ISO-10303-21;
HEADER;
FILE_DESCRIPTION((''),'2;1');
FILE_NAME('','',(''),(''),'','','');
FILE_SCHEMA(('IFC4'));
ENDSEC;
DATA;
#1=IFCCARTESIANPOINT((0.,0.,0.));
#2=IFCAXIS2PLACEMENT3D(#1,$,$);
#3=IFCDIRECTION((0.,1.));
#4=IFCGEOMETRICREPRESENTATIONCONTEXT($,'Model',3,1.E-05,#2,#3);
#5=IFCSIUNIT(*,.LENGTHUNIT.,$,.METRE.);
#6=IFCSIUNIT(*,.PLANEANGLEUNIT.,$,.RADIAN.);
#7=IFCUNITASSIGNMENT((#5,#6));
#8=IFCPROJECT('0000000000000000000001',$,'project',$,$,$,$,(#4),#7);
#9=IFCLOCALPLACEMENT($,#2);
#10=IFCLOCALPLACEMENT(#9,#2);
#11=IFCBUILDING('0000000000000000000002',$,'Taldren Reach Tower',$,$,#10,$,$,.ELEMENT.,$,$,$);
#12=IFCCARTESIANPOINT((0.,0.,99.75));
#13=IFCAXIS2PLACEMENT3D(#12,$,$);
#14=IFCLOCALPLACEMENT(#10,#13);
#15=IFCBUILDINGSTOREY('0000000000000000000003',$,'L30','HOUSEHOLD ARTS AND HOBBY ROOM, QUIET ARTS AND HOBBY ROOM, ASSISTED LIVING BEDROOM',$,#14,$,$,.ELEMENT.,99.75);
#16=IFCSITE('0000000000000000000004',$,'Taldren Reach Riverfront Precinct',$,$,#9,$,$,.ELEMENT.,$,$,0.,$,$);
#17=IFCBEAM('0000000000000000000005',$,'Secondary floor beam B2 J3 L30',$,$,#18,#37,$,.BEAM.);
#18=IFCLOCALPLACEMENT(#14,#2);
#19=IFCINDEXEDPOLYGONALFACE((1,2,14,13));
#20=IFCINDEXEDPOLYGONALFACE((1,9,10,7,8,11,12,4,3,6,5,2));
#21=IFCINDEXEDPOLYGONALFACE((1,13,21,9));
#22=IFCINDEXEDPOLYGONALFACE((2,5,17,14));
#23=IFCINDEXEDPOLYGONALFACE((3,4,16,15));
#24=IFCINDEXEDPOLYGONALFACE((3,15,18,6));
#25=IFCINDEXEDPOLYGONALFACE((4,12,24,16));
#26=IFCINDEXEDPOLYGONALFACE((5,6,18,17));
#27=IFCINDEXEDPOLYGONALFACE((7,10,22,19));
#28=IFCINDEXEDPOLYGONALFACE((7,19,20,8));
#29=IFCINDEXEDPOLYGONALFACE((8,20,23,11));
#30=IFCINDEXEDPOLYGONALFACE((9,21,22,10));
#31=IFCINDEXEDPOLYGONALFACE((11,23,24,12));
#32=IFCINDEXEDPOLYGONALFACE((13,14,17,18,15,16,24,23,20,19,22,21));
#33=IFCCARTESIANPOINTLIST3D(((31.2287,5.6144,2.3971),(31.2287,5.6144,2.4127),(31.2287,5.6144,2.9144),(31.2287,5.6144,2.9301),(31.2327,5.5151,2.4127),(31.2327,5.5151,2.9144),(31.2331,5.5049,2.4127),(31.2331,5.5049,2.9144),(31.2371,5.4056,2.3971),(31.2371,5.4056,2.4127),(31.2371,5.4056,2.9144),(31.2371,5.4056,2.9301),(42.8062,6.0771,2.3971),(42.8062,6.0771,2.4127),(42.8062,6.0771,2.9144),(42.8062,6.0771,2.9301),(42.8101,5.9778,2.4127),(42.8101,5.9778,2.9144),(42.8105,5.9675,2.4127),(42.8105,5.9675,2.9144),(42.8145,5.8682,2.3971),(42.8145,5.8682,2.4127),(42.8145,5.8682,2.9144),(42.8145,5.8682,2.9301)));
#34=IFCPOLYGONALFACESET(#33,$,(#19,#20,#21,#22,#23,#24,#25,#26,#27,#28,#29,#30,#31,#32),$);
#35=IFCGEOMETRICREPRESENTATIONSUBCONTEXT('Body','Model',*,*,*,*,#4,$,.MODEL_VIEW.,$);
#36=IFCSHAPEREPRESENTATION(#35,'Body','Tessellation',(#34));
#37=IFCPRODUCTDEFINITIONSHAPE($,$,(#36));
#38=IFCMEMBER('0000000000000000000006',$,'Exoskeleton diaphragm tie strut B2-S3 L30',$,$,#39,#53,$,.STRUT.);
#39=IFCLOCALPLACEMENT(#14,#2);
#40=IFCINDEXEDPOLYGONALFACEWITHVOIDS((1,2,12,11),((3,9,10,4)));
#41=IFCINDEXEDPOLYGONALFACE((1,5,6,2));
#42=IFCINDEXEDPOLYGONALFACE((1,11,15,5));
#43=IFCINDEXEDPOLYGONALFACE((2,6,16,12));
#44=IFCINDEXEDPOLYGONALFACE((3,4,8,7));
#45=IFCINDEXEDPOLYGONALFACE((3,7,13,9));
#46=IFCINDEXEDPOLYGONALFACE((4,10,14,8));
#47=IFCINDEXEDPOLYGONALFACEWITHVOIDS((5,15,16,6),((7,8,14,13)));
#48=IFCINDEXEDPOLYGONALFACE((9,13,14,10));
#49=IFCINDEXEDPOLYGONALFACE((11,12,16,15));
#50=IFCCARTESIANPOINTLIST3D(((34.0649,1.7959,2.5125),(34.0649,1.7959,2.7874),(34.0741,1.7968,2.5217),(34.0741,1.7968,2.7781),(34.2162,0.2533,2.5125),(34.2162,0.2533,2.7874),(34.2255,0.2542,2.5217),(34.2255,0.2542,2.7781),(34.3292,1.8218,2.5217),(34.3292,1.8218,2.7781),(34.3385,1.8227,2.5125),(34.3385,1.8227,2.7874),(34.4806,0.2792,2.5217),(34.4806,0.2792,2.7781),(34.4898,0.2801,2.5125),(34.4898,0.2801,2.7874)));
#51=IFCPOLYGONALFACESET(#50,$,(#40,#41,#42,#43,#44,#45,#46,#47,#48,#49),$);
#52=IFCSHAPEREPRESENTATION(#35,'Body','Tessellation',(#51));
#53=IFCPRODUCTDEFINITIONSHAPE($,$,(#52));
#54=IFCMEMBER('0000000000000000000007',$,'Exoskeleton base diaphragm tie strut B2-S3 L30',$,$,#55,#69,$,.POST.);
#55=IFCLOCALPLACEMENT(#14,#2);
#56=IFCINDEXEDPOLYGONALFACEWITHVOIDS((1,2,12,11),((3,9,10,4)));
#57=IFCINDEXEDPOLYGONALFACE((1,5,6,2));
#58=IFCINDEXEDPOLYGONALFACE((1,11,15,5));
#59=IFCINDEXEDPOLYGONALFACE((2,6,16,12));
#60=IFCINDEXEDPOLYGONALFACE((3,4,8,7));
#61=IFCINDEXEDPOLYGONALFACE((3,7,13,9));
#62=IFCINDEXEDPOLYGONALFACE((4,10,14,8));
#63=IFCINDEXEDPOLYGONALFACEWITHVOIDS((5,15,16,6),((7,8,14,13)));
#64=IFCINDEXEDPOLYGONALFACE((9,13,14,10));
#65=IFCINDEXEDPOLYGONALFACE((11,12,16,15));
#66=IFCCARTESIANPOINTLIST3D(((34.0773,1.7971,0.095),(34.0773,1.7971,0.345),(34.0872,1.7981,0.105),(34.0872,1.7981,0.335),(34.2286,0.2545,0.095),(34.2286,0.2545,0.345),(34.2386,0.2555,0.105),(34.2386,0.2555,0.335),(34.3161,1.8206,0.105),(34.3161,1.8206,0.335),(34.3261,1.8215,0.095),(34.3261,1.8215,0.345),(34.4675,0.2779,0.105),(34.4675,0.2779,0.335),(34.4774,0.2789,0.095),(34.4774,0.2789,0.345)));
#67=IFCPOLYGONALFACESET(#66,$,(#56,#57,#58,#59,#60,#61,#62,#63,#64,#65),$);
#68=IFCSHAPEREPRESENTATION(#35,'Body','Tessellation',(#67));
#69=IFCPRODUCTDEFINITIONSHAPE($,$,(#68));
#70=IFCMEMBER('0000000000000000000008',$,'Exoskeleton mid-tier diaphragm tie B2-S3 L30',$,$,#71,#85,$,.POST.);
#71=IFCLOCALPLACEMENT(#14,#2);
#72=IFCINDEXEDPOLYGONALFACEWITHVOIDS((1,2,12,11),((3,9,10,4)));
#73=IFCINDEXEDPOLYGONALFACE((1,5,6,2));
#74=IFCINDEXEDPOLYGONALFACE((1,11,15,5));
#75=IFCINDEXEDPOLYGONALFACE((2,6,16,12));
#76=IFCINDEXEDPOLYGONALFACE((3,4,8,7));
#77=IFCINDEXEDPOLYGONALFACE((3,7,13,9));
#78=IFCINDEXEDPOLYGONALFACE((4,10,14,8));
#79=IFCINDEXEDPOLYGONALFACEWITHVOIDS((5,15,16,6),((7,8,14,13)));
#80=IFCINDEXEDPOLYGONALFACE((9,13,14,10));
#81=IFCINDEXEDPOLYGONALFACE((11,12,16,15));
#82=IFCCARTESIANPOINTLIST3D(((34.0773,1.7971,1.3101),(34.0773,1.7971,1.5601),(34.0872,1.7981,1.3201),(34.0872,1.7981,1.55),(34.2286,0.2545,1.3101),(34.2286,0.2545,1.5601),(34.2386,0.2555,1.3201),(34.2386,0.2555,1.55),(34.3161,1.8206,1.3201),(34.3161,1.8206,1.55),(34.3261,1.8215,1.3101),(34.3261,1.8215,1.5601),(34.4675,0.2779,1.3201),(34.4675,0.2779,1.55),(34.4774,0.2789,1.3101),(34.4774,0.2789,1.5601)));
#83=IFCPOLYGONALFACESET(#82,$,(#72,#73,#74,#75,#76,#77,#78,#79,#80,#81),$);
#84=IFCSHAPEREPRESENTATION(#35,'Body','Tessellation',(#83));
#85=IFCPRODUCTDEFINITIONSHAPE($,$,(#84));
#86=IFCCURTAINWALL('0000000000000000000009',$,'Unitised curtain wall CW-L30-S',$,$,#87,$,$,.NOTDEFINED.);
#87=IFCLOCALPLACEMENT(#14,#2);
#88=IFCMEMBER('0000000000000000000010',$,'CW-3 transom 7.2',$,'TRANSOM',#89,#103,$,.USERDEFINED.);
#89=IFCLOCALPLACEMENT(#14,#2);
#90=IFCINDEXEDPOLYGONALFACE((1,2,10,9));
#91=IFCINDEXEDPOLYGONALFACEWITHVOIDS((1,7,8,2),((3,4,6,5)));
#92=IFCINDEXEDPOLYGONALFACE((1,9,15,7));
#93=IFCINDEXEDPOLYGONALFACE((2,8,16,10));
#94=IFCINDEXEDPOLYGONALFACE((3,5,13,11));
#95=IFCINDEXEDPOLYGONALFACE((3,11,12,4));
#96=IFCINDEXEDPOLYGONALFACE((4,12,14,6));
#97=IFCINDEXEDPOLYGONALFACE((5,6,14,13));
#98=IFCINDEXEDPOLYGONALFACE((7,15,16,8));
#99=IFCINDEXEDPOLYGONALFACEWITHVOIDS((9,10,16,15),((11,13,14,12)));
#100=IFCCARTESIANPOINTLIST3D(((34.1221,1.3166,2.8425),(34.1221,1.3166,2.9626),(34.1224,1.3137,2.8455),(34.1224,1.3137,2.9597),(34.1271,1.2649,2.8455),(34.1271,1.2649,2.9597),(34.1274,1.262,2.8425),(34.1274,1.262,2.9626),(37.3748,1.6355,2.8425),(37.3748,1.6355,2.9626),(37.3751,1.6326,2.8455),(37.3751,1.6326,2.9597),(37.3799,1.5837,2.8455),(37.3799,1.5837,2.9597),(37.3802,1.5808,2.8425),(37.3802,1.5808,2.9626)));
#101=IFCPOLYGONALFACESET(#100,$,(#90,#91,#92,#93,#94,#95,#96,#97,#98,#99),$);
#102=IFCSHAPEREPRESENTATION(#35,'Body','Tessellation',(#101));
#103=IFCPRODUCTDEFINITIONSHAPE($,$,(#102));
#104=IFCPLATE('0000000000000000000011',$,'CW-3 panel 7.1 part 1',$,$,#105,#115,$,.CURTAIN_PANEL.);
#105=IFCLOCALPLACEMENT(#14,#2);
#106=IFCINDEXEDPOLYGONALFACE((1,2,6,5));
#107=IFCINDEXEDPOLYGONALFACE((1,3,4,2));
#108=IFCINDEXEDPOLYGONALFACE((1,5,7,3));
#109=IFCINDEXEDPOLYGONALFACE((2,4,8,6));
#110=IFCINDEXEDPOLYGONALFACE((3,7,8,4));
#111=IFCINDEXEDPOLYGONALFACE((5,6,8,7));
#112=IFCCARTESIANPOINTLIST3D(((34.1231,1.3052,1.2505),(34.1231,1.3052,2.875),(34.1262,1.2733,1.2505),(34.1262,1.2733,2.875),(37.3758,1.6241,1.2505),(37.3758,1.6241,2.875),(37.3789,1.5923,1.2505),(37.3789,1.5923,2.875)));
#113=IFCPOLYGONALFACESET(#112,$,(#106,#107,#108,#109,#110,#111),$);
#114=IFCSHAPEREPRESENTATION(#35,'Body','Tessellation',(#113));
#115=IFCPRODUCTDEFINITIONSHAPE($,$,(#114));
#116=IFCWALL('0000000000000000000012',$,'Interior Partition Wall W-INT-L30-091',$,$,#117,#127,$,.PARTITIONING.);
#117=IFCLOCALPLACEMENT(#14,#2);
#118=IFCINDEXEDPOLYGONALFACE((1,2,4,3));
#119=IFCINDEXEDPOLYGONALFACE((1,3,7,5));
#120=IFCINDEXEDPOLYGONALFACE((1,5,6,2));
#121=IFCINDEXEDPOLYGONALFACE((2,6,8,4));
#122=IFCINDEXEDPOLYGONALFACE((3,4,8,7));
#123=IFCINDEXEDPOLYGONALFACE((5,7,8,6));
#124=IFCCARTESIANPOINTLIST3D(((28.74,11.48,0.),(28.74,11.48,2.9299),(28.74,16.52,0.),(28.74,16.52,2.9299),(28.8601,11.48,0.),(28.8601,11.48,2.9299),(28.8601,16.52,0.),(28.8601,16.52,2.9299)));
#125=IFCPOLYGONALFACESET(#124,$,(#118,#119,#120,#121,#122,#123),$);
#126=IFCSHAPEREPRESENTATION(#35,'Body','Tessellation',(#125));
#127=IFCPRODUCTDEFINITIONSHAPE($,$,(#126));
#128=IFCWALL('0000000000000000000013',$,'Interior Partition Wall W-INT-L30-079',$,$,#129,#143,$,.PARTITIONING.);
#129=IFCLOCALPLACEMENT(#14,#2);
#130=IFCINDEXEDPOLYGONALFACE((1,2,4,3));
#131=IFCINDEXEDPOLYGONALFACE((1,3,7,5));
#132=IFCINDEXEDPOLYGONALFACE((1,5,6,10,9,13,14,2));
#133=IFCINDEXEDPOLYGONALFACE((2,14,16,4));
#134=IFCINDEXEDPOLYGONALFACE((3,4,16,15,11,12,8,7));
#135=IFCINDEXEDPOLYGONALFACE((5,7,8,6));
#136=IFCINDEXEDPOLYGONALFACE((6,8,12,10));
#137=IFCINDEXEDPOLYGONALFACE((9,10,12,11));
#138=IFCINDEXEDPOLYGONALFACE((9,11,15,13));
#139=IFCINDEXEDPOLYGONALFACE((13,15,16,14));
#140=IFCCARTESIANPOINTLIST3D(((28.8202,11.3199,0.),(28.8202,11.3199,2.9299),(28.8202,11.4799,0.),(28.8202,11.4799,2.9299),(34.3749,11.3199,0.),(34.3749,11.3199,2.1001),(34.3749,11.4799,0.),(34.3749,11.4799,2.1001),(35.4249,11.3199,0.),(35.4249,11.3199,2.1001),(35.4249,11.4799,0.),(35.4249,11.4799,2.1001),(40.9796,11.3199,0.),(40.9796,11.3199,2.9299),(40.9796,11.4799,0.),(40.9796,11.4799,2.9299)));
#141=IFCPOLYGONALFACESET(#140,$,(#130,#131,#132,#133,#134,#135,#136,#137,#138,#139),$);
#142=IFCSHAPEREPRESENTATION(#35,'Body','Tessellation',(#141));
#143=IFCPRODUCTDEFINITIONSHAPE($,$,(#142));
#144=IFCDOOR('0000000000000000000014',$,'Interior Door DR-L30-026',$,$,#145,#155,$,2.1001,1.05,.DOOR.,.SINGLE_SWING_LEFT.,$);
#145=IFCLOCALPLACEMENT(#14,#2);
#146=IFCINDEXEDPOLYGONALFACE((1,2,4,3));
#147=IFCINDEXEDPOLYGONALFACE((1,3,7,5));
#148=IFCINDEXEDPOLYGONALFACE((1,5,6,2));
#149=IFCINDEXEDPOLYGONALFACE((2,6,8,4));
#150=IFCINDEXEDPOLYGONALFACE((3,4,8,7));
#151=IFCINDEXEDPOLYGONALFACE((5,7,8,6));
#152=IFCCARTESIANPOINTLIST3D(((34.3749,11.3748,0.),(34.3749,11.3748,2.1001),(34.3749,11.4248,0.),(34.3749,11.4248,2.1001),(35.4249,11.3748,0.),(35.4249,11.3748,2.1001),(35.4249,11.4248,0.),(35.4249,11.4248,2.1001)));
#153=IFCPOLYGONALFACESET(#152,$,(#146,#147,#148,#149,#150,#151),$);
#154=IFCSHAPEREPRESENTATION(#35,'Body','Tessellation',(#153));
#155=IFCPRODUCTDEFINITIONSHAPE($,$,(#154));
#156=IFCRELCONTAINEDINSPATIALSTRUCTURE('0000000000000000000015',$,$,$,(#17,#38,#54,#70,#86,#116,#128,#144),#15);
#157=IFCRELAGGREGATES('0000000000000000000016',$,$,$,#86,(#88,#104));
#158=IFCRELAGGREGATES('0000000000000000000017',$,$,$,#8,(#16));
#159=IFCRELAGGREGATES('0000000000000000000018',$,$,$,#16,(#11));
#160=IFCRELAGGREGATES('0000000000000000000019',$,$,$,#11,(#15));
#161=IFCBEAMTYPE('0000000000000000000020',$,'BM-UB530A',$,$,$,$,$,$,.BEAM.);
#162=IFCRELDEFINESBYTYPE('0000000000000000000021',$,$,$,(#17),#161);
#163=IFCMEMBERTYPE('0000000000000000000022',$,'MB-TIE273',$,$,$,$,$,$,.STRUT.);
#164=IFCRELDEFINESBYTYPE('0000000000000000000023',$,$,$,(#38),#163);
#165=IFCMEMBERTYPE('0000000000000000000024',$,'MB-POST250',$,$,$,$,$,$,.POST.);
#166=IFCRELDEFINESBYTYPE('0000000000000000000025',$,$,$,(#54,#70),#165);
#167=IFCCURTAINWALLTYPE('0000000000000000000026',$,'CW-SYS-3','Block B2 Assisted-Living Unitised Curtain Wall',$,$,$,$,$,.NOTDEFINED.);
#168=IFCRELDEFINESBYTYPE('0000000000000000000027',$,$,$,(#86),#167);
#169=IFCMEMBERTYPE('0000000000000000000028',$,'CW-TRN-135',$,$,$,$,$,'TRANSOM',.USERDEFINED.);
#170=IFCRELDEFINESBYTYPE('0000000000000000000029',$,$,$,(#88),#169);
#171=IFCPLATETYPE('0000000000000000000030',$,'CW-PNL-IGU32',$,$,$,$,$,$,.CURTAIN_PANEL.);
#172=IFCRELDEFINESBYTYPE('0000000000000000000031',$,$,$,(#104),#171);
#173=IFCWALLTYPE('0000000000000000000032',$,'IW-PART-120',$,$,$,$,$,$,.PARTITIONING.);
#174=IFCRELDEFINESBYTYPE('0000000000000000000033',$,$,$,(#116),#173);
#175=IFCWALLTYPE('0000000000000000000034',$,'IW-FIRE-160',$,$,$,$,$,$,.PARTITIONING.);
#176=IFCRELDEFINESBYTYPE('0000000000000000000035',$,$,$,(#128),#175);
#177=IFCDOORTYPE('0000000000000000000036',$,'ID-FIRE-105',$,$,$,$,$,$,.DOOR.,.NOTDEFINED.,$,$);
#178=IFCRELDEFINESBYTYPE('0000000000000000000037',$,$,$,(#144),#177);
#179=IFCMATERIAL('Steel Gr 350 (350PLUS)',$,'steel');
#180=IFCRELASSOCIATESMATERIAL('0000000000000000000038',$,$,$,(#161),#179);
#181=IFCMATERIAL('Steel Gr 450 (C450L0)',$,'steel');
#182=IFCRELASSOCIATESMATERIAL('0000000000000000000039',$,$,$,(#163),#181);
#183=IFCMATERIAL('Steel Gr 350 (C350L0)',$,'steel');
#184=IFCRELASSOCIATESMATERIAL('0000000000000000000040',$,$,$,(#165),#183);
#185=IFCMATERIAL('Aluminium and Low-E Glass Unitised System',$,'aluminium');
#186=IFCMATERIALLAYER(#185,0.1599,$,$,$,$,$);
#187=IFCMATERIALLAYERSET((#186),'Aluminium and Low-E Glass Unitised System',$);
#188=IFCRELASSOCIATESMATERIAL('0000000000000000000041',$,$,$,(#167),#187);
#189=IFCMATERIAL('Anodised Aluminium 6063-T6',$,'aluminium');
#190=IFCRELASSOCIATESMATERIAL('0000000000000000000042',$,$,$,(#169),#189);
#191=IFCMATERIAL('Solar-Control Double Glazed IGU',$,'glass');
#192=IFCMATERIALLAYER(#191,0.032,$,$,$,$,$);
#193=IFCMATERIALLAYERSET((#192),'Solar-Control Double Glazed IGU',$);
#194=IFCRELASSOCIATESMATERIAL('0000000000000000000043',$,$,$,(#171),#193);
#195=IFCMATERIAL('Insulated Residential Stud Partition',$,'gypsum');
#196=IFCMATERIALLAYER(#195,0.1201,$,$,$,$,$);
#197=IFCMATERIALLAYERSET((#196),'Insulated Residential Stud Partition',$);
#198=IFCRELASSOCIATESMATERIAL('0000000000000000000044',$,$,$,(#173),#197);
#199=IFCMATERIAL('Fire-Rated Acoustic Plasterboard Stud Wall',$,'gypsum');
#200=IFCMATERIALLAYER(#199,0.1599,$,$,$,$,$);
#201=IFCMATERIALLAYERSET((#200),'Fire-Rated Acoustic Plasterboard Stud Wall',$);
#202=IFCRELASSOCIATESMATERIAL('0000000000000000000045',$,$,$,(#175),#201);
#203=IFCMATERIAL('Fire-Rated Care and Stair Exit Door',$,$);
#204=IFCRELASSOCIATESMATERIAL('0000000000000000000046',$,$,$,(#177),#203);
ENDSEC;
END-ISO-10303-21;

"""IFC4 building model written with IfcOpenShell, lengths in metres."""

from ifc_helpers import new_model, si_unit, direction, frame, frame_2d, origin, origin_2d, place, context, subcontext, project, spatial, rectangle, hollow_rectangle, i_section, extrude, source, transform, mapped, material, layer, layer_set, material_profile, profile_set, type_object, element, fill, aggregate, save


model = new_model("IFC4")

# Units and contexts
model_context = context("Model", 3, precision=1e-05, world=origin(), true_north=direction((0.0, 1.0)))
body_context = subcontext(model_context, "Body", "Model", "MODEL_VIEW")
ifc_project = project(units=[si_unit("LENGTHUNIT", "METRE"), si_unit("PLANEANGLEUNIT", "RADIAN")], contexts=[model_context])

# Site, building, storey
site_placement = place(None, origin())
site = spatial("IfcSite", under=ifc_project, at=site_placement, Name="Taldren Reach Riverfront Precinct", CompositionType="ELEMENT", RefElevation=0.0)
building_placement = place(site_placement, origin())
building = spatial("IfcBuilding", under=site, at=building_placement, Name="Taldren Reach Tower", CompositionType="ELEMENT")
storey_placement = place(building_placement, frame((0.0, 0.0, 99.75)))
storey = spatial("IfcBuildingStorey", under=building, at=storey_placement, Name="L30", Description="HOUSEHOLD ARTS AND HOBBY ROOM, QUIET ARTS AND HOBBY ROOM, ASSISTED LIVING BEDROOM", CompositionType="ELEMENT", Elevation=99.75)

# Shared definitions
ifc_material_1 = material(Name="Steel Gr 350 (350PLUS)", Category="steel")

# Beam
ifc_material_profile_1 = material_profile(ifc_material_1, i_section(OverallWidth=0.209, OverallDepth=0.533, WebThickness=0.0103, FlangeThickness=0.0156, at=origin_2d()), Name="530UB92.4")
ifc_profile_set_1 = profile_set([ifc_material_profile_1], Name="Steel Gr 350 (350PLUS)")
beam_type_1 = type_object("IfcBeamType", Name="BM-UB530A", PredefinedType="BEAM", material=ifc_profile_set_1)
shared_shape_1 = source(origin(), body_context, "Body", "SweptSolid", [
    extrude(i_section(OverallWidth=0.209, OverallDepth=0.533, WebThickness=0.0103, FlangeThickness=0.0156, at=origin_2d()), origin(), (0.0, 0.0, 1.0), 11.5867),
])
beam_1_placement = place(storey_placement, frame((31.2329, 5.51, 2.6636), z_axis=(0.999203, 0.039929, 0.0), x_axis=(-0.039929, 0.999203, 0.0)))
element("IfcBeam", 1, at=beam_1_placement, inside=storey, type_object=beam_type_1, Name="Secondary floor beam B2 J3 L30", PredefinedType="BEAM", context=body_context, shape_type="MappedRepresentation", body=[
    mapped(shared_shape_1, transform((0.0, 0.0, 0.0), scale=1.0)),
])

# Members
ifc_material_2 = material(Name="Steel Gr 450 (C450L0)", Category="steel")
ifc_material_profile_2 = material_profile(ifc_material_2, hollow_rectangle(XDim=0.2749, YDim=0.2749, WallThickness=0.0093, at=origin_2d()), Name="275x275x9.3SHS")
ifc_profile_set_2 = profile_set([ifc_material_profile_2], Name="Steel Gr 450 (C450L0)")
member_type_1 = type_object("IfcMemberType", Name="MB-TIE273", PredefinedType="STRUT", material=ifc_profile_set_2)
shared_shape_2 = source(origin(), body_context, "Body", "SweptSolid", [
    extrude(hollow_rectangle(XDim=0.2749, YDim=0.2749, WallThickness=0.0093, at=origin_2d()), origin(), (0.0, 0.0, 1.0), 1.55),
])
member_1_placement = place(storey_placement, frame((34.2017, 1.8093, 2.6499), z_axis=(0.097648, -0.995221, 0.0), x_axis=(0.995221, 0.097648, 0.0)))
element("IfcMember", 2, at=member_1_placement, inside=storey, type_object=member_type_1, Name="Exoskeleton diaphragm tie strut B2-S3 L30", PredefinedType="STRUT", context=body_context, shape_type="MappedRepresentation", body=[
    mapped(shared_shape_2, transform((0.0, 0.0, 0.0), scale=1.0)),
])
ifc_material_3 = material(Name="Steel Gr 350 (C350L0)", Category="steel")
ifc_material_profile_3 = material_profile(ifc_material_3, hollow_rectangle(XDim=0.25, YDim=0.25, WallThickness=0.01, at=origin_2d()), Name="250x250x10.0SHS")
ifc_profile_set_3 = profile_set([ifc_material_profile_3], Name="Steel Gr 350 (C350L0)")
member_type_2 = type_object("IfcMemberType", Name="MB-POST250", PredefinedType="POST", material=ifc_profile_set_3)
shared_shape_3 = source(origin(), body_context, "Body", "SweptSolid", [
    extrude(hollow_rectangle(XDim=0.25, YDim=0.25, WallThickness=0.01, at=origin_2d()), origin(), (0.0, 0.0, 1.0), 1.55),
])
for number, where, z_axis, x_axis, name in (
    (3, (34.2017, 1.8093, 0.22), (0.097648, -0.995221, 0.0), (0.995221, 0.097648, 0.0), "Exoskeleton base diaphragm tie strut B2-S3 L30"),
    (4, (34.2017, 1.8093, 1.4351), (0.097648, -0.995221, 0.0), (0.995221, 0.097648, 0.0), "Exoskeleton mid-tier diaphragm tie B2-S3 L30"),
):
    element("IfcMember", number, at=place(storey_placement, frame(where, z_axis=z_axis, x_axis=x_axis)), inside=storey, type_object=member_type_2, Name=name, PredefinedType="POST", context=body_context, shape_type="MappedRepresentation", body=[
        mapped(shared_shape_3, transform((0.0, 0.0, 0.0), scale=1.0)),
    ])

# Curtain wall, member, plate
ifc_material_4 = material(Name="Aluminium and Low-E Glass Unitised System", Category="aluminium")
ifc_layer_1 = layer(ifc_material_4, 0.1599)
ifc_layer_set_1 = layer_set([ifc_layer_1], Name="Aluminium and Low-E Glass Unitised System")
curtain_wall_type = type_object("IfcCurtainWallType", Name="CW-SYS-3", Description="Block B2 Assisted-Living Unitised Curtain Wall", PredefinedType="NOTDEFINED", material=ifc_layer_set_1)
curtain_wall_placement = place(storey_placement, origin())
curtain_wall = element("IfcCurtainWall", 5, at=curtain_wall_placement, inside=storey, type_object=curtain_wall_type, Name="Unitised curtain wall CW-L30-S", PredefinedType="NOTDEFINED")
ifc_material_5 = material(Name="Anodised Aluminium 6063-T6", Category="aluminium")
ifc_material_profile_4 = material_profile(ifc_material_5, hollow_rectangle(XDim=0.0549, YDim=0.1201, WallThickness=0.0029, at=origin_2d()), Name="ALU-120x55x3RHS")
ifc_profile_set_4 = profile_set([ifc_material_profile_4], Name="Anodised Aluminium 6063-T6")
member_type_3 = type_object("IfcMemberType", Name="CW-TRN-135", ElementType="TRANSOM", PredefinedType="USERDEFINED", material=ifc_profile_set_4)
shared_shape_4 = source(origin(), body_context, "Body", "SweptSolid", [
    extrude(hollow_rectangle(XDim=0.0549, YDim=0.1201, WallThickness=0.0029, at=origin_2d()), origin(), (0.0, 0.0, 1.0), 3.2683),
])
member_2_placement = place(storey_placement, frame((34.1248, 1.2893, 2.9026), z_axis=(0.99523, 0.097558, 0.0), x_axis=(-0.097558, 0.99523, 0.0)))
member_2 = element("IfcMember", 6, at=member_2_placement, type_object=member_type_3, Name="CW-3 transom 7.2", ObjectType="TRANSOM", PredefinedType="USERDEFINED", context=body_context, shape_type="MappedRepresentation", body=[
    mapped(shared_shape_4, transform((0.0, 0.0, 0.0), scale=1.0)),
])
ifc_material_6 = material(Name="Solar-Control Double Glazed IGU", Category="glass")
ifc_layer_2 = layer(ifc_material_6, 0.032)
ifc_layer_set_2 = layer_set([ifc_layer_2], Name="Solar-Control Double Glazed IGU")
plate_type = type_object("IfcPlateType", Name="CW-PNL-IGU32", PredefinedType="CURTAIN_PANEL", material=ifc_layer_set_2)
shared_shape_5 = source(origin(), body_context, "Body", "SweptSolid", [
    extrude(rectangle(XDim=3.2683, YDim=0.032, at=origin_2d()), origin(), (0.0, 0.0, 1.0), 1.6245),
])
plate_placement = place(storey_placement, frame((35.751, 1.4487, 1.2505), z_axis=(0.0, 0.0, 1.0), x_axis=(0.995227, 0.097583, 0.0)))
plate = element("IfcPlate", 7, at=plate_placement, type_object=plate_type, Name="CW-3 panel 7.1 part 1", PredefinedType="CURTAIN_PANEL", context=body_context, shape_type="MappedRepresentation", body=[
    mapped(shared_shape_5, transform((0.0, 0.0, 0.0), scale=1.0)),
])
aggregate(curtain_wall, [member_2, plate])

# Wall
ifc_material_7 = material(Name="Insulated Residential Stud Partition", Category="gypsum")
ifc_layer_3 = layer(ifc_material_7, 0.1201)
ifc_layer_set_3 = layer_set([ifc_layer_3], Name="Insulated Residential Stud Partition")
wall_type_1 = type_object("IfcWallType", Name="IW-PART-120", PredefinedType="PARTITIONING", material=ifc_layer_set_3)
shared_shape_6 = source(origin(), body_context, "Body", "SweptSolid", [
    extrude(rectangle(XDim=5.04, YDim=0.1201, at=frame_2d((2.52, 0.0))), origin(), (0.0, 0.0, 1.0), 2.9299),
])
wall_1_placement = place(storey_placement, frame((28.8, 16.52, 0.0), z_axis=(0.0, 0.0, 1.0), x_axis=(0.0, -1.0, 0.0)))
element("IfcWall", 8, at=wall_1_placement, inside=storey, type_object=wall_type_1, Name="Interior Partition Wall W-INT-L30-091", PredefinedType="PARTITIONING", context=body_context, shape_type="MappedRepresentation", body=[
    mapped(shared_shape_6, transform((0.0, 0.0, 0.0), scale=1.0)),
])

# Wall, opening, door
ifc_material_8 = material(Name="Fire-Rated Acoustic Plasterboard Stud Wall", Category="gypsum")
ifc_layer_4 = layer(ifc_material_8, 0.1599)
ifc_layer_set_4 = layer_set([ifc_layer_4], Name="Fire-Rated Acoustic Plasterboard Stud Wall")
wall_type_2 = type_object("IfcWallType", Name="IW-FIRE-160", PredefinedType="PARTITIONING", material=ifc_layer_set_4)
shared_shape_7 = source(origin(), body_context, "Body", "SweptSolid", [
    extrude(rectangle(XDim=12.1594, YDim=0.1599, at=frame_2d((6.0796, 0.0))), origin(), (0.0, 0.0, 1.0), 2.9299),
])
wall_2_placement = place(storey_placement, frame((28.8203, 11.3999, 0.0), z_axis=(0.0, 0.0, 1.0), x_axis=(1.0, 0.0, 0.0)))
wall_2 = element("IfcWall", 9, at=wall_2_placement, inside=storey, type_object=wall_type_2, Name="Interior Partition Wall W-INT-L30-079", PredefinedType="PARTITIONING", context=body_context, shape_type="MappedRepresentation", body=[
    mapped(shared_shape_7, transform((0.0, 0.0, 0.0), scale=1.0)),
])
shared_shape_8 = source(origin(), body_context, "Body", "SweptSolid", [
    extrude(rectangle(XDim=1.05, YDim=2.1001, at=frame_2d((0.5249, 1.05))), frame((0.0, 0.0898, 0.0), z_axis=(0.0, -1.0, 0.0), x_axis=(1.0, 0.0, 0.0)), (0.0, 0.0, 1.0), 0.1799),
])
opening_1_placement = place(wall_2_placement, frame((5.5547, 0.0, 0.0)))
opening_1 = element("IfcOpeningElement", 10, at=opening_1_placement, cuts=wall_2, PredefinedType="OPENING", context=body_context, shape_type="MappedRepresentation", body=[
    mapped(shared_shape_8, transform((0.0, 0.0, 0.0), scale=1.0)),
])
ifc_material_9 = material(Name="Fire-Rated Care and Stair Exit Door")
door_type_1 = type_object("IfcDoorType", Name="ID-FIRE-105", OperationType="NOTDEFINED", PredefinedType="DOOR", material=ifc_material_9)
shared_shape_9 = source(origin(), body_context, "Body", "SweptSolid", [
    extrude(rectangle(XDim=1.05, YDim=2.1001, at=frame_2d((0.5249, 1.05))), frame((0.0, 0.0249, 0.0), z_axis=(0.0, -1.0, 0.0), x_axis=(1.0, 0.0, 0.0)), (0.0, 0.0, 1.0), 0.05),
])
door_1_placement = place(opening_1_placement, origin())
door_1 = element("IfcDoor", 11, at=door_1_placement, inside=storey, type_object=door_type_1, Name="Interior Door DR-L30-026", OperationType="SINGLE_SWING_LEFT", OverallHeight=2.1001, OverallWidth=1.05, PredefinedType="DOOR", context=body_context, shape_type="MappedRepresentation", body=[
    mapped(shared_shape_9, transform((0.0, 0.0, 0.0), scale=1.0)),
])
fill(opening_1, door_1)

save(model, "model.ifc")
